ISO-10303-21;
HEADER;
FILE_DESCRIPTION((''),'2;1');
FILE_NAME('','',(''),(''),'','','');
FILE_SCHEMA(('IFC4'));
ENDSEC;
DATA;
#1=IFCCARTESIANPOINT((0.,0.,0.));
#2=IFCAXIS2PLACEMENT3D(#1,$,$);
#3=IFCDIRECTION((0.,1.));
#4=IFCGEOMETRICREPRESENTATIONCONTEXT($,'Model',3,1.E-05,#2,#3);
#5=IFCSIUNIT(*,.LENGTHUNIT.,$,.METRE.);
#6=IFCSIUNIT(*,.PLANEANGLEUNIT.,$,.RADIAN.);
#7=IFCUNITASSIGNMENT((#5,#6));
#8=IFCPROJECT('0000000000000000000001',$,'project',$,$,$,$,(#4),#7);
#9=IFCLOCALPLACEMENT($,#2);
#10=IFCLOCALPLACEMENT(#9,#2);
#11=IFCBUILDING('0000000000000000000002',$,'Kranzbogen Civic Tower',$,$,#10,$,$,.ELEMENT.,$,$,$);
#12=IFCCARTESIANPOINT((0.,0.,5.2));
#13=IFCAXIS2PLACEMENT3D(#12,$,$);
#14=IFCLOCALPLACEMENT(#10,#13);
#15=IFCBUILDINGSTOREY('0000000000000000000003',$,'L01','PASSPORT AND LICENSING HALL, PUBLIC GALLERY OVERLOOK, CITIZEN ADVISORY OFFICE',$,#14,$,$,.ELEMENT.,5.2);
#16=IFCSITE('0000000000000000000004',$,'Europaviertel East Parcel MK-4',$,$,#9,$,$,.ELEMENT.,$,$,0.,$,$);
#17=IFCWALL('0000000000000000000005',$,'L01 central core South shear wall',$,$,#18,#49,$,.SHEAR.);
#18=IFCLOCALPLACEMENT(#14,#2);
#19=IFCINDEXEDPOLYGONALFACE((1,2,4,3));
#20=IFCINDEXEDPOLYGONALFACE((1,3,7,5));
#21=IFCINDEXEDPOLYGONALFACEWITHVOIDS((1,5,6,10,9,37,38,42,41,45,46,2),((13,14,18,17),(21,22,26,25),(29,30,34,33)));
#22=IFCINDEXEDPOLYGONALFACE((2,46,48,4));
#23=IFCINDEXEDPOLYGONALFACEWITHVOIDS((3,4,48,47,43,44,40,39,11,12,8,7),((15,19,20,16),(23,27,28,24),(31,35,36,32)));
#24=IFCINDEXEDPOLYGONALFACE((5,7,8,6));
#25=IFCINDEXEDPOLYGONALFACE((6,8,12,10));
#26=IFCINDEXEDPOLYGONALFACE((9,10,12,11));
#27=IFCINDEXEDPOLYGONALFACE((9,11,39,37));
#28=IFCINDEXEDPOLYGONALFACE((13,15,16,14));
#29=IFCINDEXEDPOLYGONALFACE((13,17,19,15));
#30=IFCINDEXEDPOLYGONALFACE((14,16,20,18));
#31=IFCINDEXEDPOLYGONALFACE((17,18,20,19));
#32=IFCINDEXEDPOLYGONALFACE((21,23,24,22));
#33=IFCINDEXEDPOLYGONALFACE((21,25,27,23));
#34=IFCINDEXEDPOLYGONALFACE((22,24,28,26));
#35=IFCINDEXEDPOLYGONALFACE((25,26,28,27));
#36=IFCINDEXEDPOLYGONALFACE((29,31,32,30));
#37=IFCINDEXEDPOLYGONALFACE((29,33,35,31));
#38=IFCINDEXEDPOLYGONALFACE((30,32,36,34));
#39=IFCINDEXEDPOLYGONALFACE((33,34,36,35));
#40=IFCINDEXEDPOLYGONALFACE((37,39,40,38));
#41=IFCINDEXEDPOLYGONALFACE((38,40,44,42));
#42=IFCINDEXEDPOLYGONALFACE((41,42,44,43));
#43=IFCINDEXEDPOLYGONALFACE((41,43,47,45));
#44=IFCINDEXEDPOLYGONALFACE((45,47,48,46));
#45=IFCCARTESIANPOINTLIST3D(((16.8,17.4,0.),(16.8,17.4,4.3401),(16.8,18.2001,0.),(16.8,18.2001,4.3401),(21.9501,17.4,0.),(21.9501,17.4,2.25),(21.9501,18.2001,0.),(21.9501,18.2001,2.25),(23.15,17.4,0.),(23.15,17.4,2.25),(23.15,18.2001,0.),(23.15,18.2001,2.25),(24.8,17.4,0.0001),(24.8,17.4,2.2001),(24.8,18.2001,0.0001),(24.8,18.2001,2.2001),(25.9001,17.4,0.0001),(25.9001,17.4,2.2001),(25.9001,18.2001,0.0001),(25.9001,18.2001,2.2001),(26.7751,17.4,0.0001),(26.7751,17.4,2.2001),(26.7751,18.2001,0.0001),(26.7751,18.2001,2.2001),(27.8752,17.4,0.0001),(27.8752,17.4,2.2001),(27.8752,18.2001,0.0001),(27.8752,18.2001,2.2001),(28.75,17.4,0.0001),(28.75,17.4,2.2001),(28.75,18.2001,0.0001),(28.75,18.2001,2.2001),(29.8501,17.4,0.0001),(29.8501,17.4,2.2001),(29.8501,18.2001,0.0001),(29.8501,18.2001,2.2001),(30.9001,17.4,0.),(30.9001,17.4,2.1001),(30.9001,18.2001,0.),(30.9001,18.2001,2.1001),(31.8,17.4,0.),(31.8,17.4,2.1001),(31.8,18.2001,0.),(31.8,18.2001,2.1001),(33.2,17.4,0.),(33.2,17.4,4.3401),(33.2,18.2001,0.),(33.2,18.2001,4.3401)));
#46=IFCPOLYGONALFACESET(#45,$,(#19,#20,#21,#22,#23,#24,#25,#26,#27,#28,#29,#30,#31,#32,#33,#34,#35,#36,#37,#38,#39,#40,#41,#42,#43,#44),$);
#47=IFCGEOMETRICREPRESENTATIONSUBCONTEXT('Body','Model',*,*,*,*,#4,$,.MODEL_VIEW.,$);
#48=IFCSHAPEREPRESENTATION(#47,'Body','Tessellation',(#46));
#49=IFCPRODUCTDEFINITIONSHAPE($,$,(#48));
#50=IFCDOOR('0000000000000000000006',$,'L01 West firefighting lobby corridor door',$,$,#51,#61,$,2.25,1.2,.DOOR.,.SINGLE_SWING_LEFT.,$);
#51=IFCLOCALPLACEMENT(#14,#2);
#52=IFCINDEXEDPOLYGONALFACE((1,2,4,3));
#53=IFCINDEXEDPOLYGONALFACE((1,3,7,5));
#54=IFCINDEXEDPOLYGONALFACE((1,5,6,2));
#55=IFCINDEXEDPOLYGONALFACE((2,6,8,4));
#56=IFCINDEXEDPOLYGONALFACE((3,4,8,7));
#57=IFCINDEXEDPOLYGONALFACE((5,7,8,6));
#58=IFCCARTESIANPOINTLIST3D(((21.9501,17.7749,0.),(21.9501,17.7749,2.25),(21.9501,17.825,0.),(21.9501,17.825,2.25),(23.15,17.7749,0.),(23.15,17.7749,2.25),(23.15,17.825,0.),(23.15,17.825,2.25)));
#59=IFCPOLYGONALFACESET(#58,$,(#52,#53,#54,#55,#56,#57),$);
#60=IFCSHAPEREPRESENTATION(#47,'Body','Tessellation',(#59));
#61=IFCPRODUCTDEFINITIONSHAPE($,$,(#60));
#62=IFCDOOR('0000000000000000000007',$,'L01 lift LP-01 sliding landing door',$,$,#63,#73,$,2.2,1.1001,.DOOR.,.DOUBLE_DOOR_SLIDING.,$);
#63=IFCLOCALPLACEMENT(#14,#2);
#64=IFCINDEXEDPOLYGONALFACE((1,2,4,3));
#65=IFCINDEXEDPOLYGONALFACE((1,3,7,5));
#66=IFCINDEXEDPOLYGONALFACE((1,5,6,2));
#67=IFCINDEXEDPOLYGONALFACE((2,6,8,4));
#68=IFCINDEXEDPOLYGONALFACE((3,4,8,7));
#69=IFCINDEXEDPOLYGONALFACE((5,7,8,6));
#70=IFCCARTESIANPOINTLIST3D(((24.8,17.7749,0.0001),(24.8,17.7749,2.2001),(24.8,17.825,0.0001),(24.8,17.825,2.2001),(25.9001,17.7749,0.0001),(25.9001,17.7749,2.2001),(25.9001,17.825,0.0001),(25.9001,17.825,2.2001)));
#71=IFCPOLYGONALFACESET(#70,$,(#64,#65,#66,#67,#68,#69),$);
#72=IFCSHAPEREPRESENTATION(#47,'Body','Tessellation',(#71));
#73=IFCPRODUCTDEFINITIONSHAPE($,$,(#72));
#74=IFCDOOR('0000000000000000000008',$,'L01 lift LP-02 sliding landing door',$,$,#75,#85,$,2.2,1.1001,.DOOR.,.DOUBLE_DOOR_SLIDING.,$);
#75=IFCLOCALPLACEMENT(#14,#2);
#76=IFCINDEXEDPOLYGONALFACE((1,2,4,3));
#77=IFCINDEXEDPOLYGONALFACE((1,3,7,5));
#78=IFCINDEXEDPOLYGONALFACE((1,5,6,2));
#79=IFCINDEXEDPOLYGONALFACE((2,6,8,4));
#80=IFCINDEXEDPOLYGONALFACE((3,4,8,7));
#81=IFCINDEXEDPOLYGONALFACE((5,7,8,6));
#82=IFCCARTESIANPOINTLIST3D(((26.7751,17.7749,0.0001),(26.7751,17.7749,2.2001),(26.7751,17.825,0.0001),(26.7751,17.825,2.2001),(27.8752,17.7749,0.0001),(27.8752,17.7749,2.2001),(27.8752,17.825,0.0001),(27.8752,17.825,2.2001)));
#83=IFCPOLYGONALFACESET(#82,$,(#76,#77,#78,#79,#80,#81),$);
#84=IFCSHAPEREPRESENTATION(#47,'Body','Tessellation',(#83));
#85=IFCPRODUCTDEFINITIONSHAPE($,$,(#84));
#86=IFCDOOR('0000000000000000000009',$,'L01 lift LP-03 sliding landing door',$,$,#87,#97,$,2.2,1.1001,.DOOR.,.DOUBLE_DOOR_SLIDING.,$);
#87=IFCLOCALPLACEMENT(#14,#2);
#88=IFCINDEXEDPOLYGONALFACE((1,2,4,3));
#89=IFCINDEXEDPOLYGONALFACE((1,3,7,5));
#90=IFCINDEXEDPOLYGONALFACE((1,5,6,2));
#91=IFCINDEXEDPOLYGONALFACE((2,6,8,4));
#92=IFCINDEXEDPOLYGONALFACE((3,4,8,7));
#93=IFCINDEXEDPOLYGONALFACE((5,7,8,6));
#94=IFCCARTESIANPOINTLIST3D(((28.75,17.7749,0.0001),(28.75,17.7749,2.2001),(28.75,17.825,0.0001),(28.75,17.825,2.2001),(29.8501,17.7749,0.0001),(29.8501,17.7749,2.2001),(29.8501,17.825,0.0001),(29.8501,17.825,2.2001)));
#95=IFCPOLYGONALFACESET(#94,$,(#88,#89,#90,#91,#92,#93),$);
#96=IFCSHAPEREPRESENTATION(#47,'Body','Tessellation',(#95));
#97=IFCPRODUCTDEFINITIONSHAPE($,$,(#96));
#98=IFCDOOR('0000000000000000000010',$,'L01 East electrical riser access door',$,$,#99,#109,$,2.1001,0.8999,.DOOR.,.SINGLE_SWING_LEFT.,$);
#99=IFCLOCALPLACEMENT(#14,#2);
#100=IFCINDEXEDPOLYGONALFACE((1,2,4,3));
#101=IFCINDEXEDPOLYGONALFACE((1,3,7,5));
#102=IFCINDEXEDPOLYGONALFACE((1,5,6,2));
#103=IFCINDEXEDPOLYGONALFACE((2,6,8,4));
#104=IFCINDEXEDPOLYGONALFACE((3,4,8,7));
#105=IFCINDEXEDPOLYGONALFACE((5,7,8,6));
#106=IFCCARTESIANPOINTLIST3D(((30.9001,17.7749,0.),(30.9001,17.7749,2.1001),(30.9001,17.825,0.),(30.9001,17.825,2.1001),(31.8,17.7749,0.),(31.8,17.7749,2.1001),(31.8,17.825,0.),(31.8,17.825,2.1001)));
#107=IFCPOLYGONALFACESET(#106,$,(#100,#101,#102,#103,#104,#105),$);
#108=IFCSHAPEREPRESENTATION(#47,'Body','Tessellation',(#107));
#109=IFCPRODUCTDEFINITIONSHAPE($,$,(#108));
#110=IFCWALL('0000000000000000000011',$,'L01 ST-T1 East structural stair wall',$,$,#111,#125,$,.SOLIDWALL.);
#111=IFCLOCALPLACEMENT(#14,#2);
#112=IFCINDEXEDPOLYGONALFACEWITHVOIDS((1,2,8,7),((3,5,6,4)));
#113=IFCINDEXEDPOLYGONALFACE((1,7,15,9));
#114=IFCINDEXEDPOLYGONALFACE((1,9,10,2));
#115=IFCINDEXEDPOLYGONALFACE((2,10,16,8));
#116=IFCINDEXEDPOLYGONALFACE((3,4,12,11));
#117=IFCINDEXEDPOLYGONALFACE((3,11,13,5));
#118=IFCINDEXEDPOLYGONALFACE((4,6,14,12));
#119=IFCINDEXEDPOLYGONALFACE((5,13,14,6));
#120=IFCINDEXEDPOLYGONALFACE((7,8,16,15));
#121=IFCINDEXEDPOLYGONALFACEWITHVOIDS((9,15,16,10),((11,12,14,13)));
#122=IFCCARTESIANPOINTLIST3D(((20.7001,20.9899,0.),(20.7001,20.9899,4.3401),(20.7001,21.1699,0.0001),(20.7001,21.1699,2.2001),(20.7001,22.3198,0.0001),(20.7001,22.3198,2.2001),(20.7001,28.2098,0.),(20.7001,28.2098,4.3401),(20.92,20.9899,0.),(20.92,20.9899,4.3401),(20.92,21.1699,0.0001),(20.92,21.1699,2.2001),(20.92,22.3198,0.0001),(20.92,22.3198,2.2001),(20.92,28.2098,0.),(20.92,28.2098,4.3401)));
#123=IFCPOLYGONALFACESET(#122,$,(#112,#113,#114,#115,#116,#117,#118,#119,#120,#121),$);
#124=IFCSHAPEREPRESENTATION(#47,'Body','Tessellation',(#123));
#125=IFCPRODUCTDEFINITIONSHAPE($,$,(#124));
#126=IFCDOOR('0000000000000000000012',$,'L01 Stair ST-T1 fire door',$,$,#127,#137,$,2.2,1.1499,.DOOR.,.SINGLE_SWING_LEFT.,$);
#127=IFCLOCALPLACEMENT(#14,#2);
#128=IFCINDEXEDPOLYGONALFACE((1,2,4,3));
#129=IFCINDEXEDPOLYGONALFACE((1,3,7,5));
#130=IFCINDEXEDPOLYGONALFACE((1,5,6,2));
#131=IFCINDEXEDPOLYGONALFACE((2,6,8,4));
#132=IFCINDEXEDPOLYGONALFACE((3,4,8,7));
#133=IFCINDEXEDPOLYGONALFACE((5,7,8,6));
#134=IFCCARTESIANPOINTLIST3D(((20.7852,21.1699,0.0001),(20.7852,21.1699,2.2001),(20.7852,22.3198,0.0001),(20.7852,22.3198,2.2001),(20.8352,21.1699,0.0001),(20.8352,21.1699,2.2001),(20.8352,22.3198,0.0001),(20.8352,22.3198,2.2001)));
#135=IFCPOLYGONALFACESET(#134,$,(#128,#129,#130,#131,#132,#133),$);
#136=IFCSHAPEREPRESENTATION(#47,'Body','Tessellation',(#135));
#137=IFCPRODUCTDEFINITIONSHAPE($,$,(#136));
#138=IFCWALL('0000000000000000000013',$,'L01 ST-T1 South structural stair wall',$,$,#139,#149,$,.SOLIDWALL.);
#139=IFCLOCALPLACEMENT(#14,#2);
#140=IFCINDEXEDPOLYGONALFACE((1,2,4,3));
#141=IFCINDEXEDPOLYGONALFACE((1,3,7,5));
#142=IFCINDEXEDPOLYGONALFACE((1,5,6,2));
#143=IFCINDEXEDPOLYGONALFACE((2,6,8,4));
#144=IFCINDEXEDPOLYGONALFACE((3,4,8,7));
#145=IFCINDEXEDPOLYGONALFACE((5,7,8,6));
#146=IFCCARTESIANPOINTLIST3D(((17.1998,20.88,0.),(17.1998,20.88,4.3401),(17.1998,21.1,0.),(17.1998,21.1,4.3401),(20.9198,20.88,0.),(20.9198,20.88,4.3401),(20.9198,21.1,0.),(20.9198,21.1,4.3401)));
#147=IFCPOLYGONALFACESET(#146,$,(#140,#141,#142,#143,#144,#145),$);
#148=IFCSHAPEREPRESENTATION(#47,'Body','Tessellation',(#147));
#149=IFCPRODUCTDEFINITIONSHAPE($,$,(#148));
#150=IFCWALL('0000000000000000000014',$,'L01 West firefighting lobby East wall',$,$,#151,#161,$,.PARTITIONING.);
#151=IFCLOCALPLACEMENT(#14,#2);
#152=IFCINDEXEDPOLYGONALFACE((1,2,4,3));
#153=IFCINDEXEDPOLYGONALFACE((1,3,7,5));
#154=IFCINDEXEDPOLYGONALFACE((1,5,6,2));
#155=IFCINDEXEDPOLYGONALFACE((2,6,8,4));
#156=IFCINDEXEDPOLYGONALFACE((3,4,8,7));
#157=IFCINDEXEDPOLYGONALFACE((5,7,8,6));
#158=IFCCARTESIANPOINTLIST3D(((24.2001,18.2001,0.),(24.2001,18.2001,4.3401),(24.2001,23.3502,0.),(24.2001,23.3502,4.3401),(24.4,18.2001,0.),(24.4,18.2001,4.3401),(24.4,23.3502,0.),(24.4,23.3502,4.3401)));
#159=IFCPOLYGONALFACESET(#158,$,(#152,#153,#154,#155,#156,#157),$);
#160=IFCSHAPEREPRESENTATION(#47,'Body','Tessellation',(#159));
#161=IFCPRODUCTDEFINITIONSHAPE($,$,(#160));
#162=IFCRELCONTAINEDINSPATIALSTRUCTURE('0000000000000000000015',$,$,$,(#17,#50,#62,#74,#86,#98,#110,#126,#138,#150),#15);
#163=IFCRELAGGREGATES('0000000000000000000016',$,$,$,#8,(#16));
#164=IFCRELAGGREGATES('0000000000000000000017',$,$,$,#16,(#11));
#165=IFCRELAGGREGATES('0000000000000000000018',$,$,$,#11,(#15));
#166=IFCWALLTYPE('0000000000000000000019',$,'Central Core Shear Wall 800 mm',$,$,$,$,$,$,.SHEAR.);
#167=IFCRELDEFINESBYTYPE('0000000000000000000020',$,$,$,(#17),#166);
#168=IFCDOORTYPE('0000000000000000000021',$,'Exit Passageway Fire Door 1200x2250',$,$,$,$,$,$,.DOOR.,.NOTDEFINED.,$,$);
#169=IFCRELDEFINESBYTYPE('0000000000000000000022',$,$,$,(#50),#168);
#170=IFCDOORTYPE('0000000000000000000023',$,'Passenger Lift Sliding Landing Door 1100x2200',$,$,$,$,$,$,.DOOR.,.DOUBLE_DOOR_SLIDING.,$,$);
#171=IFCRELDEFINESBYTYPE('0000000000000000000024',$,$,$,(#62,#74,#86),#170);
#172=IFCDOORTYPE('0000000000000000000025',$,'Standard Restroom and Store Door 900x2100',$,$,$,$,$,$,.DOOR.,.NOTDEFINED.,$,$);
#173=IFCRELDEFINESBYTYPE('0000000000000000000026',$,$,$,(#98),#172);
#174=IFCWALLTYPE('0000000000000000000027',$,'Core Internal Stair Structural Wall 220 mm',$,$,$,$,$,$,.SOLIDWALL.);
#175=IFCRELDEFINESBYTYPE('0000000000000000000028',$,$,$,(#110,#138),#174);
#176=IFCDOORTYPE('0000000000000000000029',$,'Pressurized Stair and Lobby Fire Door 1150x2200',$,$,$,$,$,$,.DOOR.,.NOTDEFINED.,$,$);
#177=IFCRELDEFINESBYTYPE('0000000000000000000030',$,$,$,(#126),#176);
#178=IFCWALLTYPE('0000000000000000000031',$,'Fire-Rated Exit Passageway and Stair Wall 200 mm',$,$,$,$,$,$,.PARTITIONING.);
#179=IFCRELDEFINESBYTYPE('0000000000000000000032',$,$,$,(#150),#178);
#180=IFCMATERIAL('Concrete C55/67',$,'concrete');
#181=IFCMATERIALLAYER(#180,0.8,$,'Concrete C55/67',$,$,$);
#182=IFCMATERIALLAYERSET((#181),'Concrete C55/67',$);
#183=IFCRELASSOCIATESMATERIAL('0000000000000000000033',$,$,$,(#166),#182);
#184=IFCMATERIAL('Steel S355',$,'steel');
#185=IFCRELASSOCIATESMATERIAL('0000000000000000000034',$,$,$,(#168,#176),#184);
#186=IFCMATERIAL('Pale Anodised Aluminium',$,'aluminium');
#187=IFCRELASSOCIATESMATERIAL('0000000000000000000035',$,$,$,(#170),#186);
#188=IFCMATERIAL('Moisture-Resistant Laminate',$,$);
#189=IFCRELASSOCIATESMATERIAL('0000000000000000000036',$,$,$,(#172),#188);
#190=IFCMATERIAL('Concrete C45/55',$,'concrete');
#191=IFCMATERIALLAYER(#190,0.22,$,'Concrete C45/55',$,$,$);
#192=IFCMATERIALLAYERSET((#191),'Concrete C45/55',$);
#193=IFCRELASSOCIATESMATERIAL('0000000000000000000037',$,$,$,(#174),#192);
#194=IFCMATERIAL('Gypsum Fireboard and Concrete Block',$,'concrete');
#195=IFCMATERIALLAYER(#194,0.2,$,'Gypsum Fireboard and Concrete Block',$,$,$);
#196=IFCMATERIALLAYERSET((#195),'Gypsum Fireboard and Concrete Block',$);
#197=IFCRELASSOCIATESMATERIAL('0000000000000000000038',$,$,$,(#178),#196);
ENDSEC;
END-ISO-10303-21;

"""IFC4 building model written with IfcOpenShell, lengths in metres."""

from ifc_helpers import new_model, si_unit, direction, frame, frame_2d, origin, place, context, subcontext, project, spatial, rectangle, extrude, material, layer, layer_set, type_object, element, fill, save


model = new_model("IFC4")

# Units and contexts
model_context = context("Model", 3, precision=1e-05, world=origin(), true_north=direction((0.0, 1.0)))
body_context = subcontext(model_context, "Body", "Model", "MODEL_VIEW")
ifc_project = project(units=[si_unit("LENGTHUNIT", "METRE"), si_unit("PLANEANGLEUNIT", "RADIAN")], contexts=[model_context])

# Site, building, storey
site_placement = place(None, origin())
site = spatial("IfcSite", under=ifc_project, at=site_placement, Name="Europaviertel East Parcel MK-4", CompositionType="ELEMENT", RefElevation=0.0)
building_placement = place(site_placement, origin())
building = spatial("IfcBuilding", under=site, at=building_placement, Name="Kranzbogen Civic Tower", CompositionType="ELEMENT")
storey_placement = place(building_placement, frame((0.0, 0.0, 5.2)))
storey = spatial("IfcBuildingStorey", under=building, at=storey_placement, Name="L01", Description="PASSPORT AND LICENSING HALL, PUBLIC GALLERY OVERLOOK, CITIZEN ADVISORY OFFICE", CompositionType="ELEMENT", Elevation=5.2)

# Shared definitions
ifc_material_1 = material(Name="Concrete C45/55", Category="concrete")

# Shared definitions
ifc_material_2 = material(Name="Pale Anodised Aluminium", Category="aluminium")

# Shared definitions
ifc_material_3 = material(Name="Steel S355", Category="steel")

# Wall, openings, doors
ifc_material_4 = material(Name="Concrete C55/67", Category="concrete")
ifc_layer_1 = layer(ifc_material_4, 0.8, Name="Concrete C55/67")
ifc_layer_set_1 = layer_set([ifc_layer_1], Name="Concrete C55/67")
wall_type_1 = type_object("IfcWallType", Name="Central Core Shear Wall 800 mm", PredefinedType="SHEAR", material=ifc_layer_set_1)
wall_1_placement = place(storey_placement, frame((16.8, 17.8, 0.0), z_axis=(0.0, 0.0, 1.0), x_axis=(1.0, 0.0, 0.0)))
wall_1 = element("IfcWall", 1, at=wall_1_placement, inside=storey, type_object=wall_type_1, Name="L01 central core South shear wall", PredefinedType="SHEAR", context=body_context, shape_type="SweptSolid", body=[
    extrude(rectangle(XDim=16.3999, YDim=0.8, at=frame_2d((8.2, 0.0))), origin(), (0.0, 0.0, 1.0), 4.3401),
])
opening_1_placement = place(wall_1_placement, frame((5.1499, 0.0, 0.0)))
opening_1 = element("IfcOpeningElement", 2, at=opening_1_placement, cuts=wall_1, PredefinedType="OPENING", context=body_context, shape_type="SweptSolid", body=[
    extrude(rectangle(XDim=1.2, YDim=2.25, at=frame_2d((0.6001, 1.125))), frame((0.0, 0.4102, 0.0), z_axis=(0.0, -1.0, 0.0), x_axis=(1.0, 0.0, 0.0)), (0.0, 0.0, 1.0), 0.8201),
])
opening_2_placement = place(wall_1_placement, frame((14.1001, 0.0, 0.0)))
opening_2 = element("IfcOpeningElement", 3, at=opening_2_placement, cuts=wall_1, PredefinedType="OPENING", context=body_context, shape_type="SweptSolid", body=[
    extrude(rectangle(XDim=0.8999, YDim=2.1001, at=frame_2d((0.45, 1.05))), frame((0.0, 0.4102, 0.0), z_axis=(0.0, -1.0, 0.0), x_axis=(1.0, 0.0, 0.0)), (0.0, 0.0, 1.0), 0.8201),
])
opening_3_placement = place(wall_1_placement, frame((8.0, 0.0, 0.0)))
opening_3 = element("IfcOpeningElement", 4, at=opening_3_placement, cuts=wall_1, PredefinedType="OPENING", context=body_context, shape_type="SweptSolid", body=[
    extrude(rectangle(XDim=1.1001, YDim=2.2, at=frame_2d((0.55, 1.1001))), frame((0.0, 0.4102, 0.0), z_axis=(0.0, -1.0, 0.0), x_axis=(1.0, 0.0, 0.0)), (0.0, 0.0, 1.0), 0.8201),
])
opening_4_placement = place(wall_1_placement, frame((9.9751, 0.0, 0.0)))
opening_4 = element("IfcOpeningElement", 5, at=opening_4_placement, cuts=wall_1, PredefinedType="OPENING", context=body_context, shape_type="SweptSolid", body=[
    extrude(rectangle(XDim=1.1001, YDim=2.2, at=frame_2d((0.55, 1.1001))), frame((0.0, 0.4102, 0.0), z_axis=(0.0, -1.0, 0.0), x_axis=(1.0, 0.0, 0.0)), (0.0, 0.0, 1.0), 0.8201),
])
opening_5_placement = place(wall_1_placement, frame((11.95, 0.0, 0.0)))
opening_5 = element("IfcOpeningElement", 6, at=opening_5_placement, cuts=wall_1, PredefinedType="OPENING", context=body_context, shape_type="SweptSolid", body=[
    extrude(rectangle(XDim=1.1001, YDim=2.2, at=frame_2d((0.55, 1.1001))), frame((0.0, 0.4102, 0.0), z_axis=(0.0, -1.0, 0.0), x_axis=(1.0, 0.0, 0.0)), (0.0, 0.0, 1.0), 0.8201),
])
door_type_1 = type_object("IfcDoorType", Name="Exit Passageway Fire Door 1200x2250", OperationType="NOTDEFINED", PredefinedType="DOOR", material=ifc_material_3)
door_1_placement = place(opening_1_placement, origin())
door_1 = element("IfcDoor", 7, at=door_1_placement, inside=storey, type_object=door_type_1, Name="L01 West firefighting lobby corridor door", OperationType="SINGLE_SWING_LEFT", OverallHeight=2.25, OverallWidth=1.2, PredefinedType="DOOR", context=body_context, shape_type="SweptSolid", body=[
    extrude(rectangle(XDim=1.2, YDim=2.25, at=frame_2d((0.6001, 1.125))), frame((0.0, 0.0249, 0.0), z_axis=(0.0, -1.0, 0.0), x_axis=(1.0, 0.0, 0.0)), (0.0, 0.0, 1.0), 0.05),
])
fill(opening_1, door_1)
door_type_2 = type_object("IfcDoorType", Name="Passenger Lift Sliding Landing Door 1100x2200", OperationType="DOUBLE_DOOR_SLIDING", PredefinedType="DOOR", material=ifc_material_2)
door_2_placement = place(opening_3_placement, origin())
door_2 = element("IfcDoor", 8, at=door_2_placement, inside=storey, type_object=door_type_2, Name="L01 lift LP-01 sliding landing door", OperationType="DOUBLE_DOOR_SLIDING", OverallHeight=2.2, OverallWidth=1.1001, PredefinedType="DOOR", context=body_context, shape_type="SweptSolid", body=[
    extrude(rectangle(XDim=1.1001, YDim=2.2, at=frame_2d((0.55, 1.1001))), frame((0.0, 0.0249, 0.0), z_axis=(0.0, -1.0, 0.0), x_axis=(1.0, 0.0, 0.0)), (0.0, 0.0, 1.0), 0.05),
])
fill(opening_3, door_2)
door_3_placement = place(opening_4_placement, origin())
door_3 = element("IfcDoor", 9, at=door_3_placement, inside=storey, type_object=door_type_2, Name="L01 lift LP-02 sliding landing door", OperationType="DOUBLE_DOOR_SLIDING", OverallHeight=2.2, OverallWidth=1.1001, PredefinedType="DOOR", context=body_context, shape_type="SweptSolid", body=[
    extrude(rectangle(XDim=1.1001, YDim=2.2, at=frame_2d((0.55, 1.1001))), frame((0.0, 0.0249, 0.0), z_axis=(0.0, -1.0, 0.0), x_axis=(1.0, 0.0, 0.0)), (0.0, 0.0, 1.0), 0.05),
])
fill(opening_4, door_3)
door_4_placement = place(opening_5_placement, origin())
door_4 = element("IfcDoor", 10, at=door_4_placement, inside=storey, type_object=door_type_2, Name="L01 lift LP-03 sliding landing door", OperationType="DOUBLE_DOOR_SLIDING", OverallHeight=2.2, OverallWidth=1.1001, PredefinedType="DOOR", context=body_context, shape_type="SweptSolid", body=[
    extrude(rectangle(XDim=1.1001, YDim=2.2, at=frame_2d((0.55, 1.1001))), frame((0.0, 0.0249, 0.0), z_axis=(0.0, -1.0, 0.0), x_axis=(1.0, 0.0, 0.0)), (0.0, 0.0, 1.0), 0.05),
])
fill(opening_5, door_4)
ifc_material_5 = material(Name="Moisture-Resistant Laminate")
door_type_3 = type_object("IfcDoorType", Name="Standard Restroom and Store Door 900x2100", OperationType="NOTDEFINED", PredefinedType="DOOR", material=ifc_material_5)
door_5_placement = place(opening_2_placement, origin())
door_5 = element("IfcDoor", 11, at=door_5_placement, inside=storey, type_object=door_type_3, Name="L01 East electrical riser access door", OperationType="SINGLE_SWING_LEFT", OverallHeight=2.1001, OverallWidth=0.8999, PredefinedType="DOOR", context=body_context, shape_type="SweptSolid", body=[
    extrude(rectangle(XDim=0.8999, YDim=2.1001, at=frame_2d((0.45, 1.05))), frame((0.0, 0.0249, 0.0), z_axis=(0.0, -1.0, 0.0), x_axis=(1.0, 0.0, 0.0)), (0.0, 0.0, 1.0), 0.05),
])
fill(opening_2, door_5)

# Wall, opening, door
ifc_layer_2 = layer(ifc_material_1, 0.22, Name="Concrete C45/55")
ifc_layer_set_2 = layer_set([ifc_layer_2], Name="Concrete C45/55")
wall_type_2 = type_object("IfcWallType", Name="Core Internal Stair Structural Wall 220 mm", PredefinedType="SOLIDWALL", material=ifc_layer_set_2)
wall_2_placement = place(storey_placement, frame((20.8101, 20.99, 0.0), z_axis=(0.0, 0.0, 1.0), x_axis=(0.0, 1.0, 0.0)))
wall_2 = element("IfcWall", 12, at=wall_2_placement, inside=storey, type_object=wall_type_2, Name="L01 ST-T1 East structural stair wall", PredefinedType="SOLIDWALL", context=body_context, shape_type="SweptSolid", body=[
    extrude(rectangle(XDim=7.22, YDim=0.22, at=frame_2d((3.6099, 0.0))), origin(), (0.0, 0.0, 1.0), 4.3401),
])
opening_6_placement = place(wall_2_placement, frame((0.1799, 0.0, 0.0)))
opening_6 = element("IfcOpeningElement", 13, at=opening_6_placement, cuts=wall_2, PredefinedType="OPENING", context=body_context, shape_type="SweptSolid", body=[
    extrude(rectangle(XDim=1.1499, YDim=2.2, at=frame_2d((0.575, 1.1001))), frame((0.0, 0.1201, 0.0), z_axis=(0.0, -1.0, 0.0), x_axis=(1.0, 0.0, 0.0)), (0.0, 0.0, 1.0), 0.24),
])
door_type_4 = type_object("IfcDoorType", Name="Pressurized Stair and Lobby Fire Door 1150x2200", OperationType="NOTDEFINED", PredefinedType="DOOR", material=ifc_material_3)
door_6_placement = place(opening_6_placement, origin())
door_6 = element("IfcDoor", 14, at=door_6_placement, inside=storey, type_object=door_type_4, Name="L01 Stair ST-T1 fire door", OperationType="SINGLE_SWING_LEFT", OverallHeight=2.2, OverallWidth=1.1499, PredefinedType="DOOR", context=body_context, shape_type="SweptSolid", body=[
    extrude(rectangle(XDim=1.1499, YDim=2.2, at=frame_2d((0.575, 1.1001))), frame((0.0, 0.0249, 0.0), z_axis=(0.0, -1.0, 0.0), x_axis=(1.0, 0.0, 0.0)), (0.0, 0.0, 1.0), 0.05),
])
fill(opening_6, door_6)

# Walls
wall_3_placement = place(storey_placement, frame((17.2, 20.99, 0.0), z_axis=(0.0, 0.0, 1.0), x_axis=(1.0, 0.0, 0.0)))
element("IfcWall", 15, at=wall_3_placement, inside=storey, type_object=wall_type_2, Name="L01 ST-T1 South structural stair wall", PredefinedType="SOLIDWALL", context=body_context, shape_type="SweptSolid", body=[
    extrude(rectangle(XDim=3.72, YDim=0.22, at=frame_2d((1.8599, 0.0))), origin(), (0.0, 0.0, 1.0), 4.3401),
])
ifc_material_6 = material(Name="Gypsum Fireboard and Concrete Block", Category="concrete")
ifc_layer_3 = layer(ifc_material_6, 0.2, Name="Gypsum Fireboard and Concrete Block")
ifc_layer_set_3 = layer_set([ifc_layer_3], Name="Gypsum Fireboard and Concrete Block")
wall_type_3 = type_object("IfcWallType", Name="Fire-Rated Exit Passageway and Stair Wall 200 mm", PredefinedType="PARTITIONING", material=ifc_layer_set_3)
wall_4_placement = place(storey_placement, frame((24.3, 18.2, 0.0), z_axis=(0.0, 0.0, 1.0), x_axis=(0.0, 1.0, 0.0)))
element("IfcWall", 16, at=wall_4_placement, inside=storey, type_object=wall_type_3, Name="L01 West firefighting lobby East wall", PredefinedType="PARTITIONING", context=body_context, shape_type="SweptSolid", body=[
    extrude(rectangle(XDim=5.1501, YDim=0.2, at=frame_2d((2.5752, 0.0))), origin(), (0.0, 0.0, 1.0), 4.3401),
])

save(model, "model.ifc")
